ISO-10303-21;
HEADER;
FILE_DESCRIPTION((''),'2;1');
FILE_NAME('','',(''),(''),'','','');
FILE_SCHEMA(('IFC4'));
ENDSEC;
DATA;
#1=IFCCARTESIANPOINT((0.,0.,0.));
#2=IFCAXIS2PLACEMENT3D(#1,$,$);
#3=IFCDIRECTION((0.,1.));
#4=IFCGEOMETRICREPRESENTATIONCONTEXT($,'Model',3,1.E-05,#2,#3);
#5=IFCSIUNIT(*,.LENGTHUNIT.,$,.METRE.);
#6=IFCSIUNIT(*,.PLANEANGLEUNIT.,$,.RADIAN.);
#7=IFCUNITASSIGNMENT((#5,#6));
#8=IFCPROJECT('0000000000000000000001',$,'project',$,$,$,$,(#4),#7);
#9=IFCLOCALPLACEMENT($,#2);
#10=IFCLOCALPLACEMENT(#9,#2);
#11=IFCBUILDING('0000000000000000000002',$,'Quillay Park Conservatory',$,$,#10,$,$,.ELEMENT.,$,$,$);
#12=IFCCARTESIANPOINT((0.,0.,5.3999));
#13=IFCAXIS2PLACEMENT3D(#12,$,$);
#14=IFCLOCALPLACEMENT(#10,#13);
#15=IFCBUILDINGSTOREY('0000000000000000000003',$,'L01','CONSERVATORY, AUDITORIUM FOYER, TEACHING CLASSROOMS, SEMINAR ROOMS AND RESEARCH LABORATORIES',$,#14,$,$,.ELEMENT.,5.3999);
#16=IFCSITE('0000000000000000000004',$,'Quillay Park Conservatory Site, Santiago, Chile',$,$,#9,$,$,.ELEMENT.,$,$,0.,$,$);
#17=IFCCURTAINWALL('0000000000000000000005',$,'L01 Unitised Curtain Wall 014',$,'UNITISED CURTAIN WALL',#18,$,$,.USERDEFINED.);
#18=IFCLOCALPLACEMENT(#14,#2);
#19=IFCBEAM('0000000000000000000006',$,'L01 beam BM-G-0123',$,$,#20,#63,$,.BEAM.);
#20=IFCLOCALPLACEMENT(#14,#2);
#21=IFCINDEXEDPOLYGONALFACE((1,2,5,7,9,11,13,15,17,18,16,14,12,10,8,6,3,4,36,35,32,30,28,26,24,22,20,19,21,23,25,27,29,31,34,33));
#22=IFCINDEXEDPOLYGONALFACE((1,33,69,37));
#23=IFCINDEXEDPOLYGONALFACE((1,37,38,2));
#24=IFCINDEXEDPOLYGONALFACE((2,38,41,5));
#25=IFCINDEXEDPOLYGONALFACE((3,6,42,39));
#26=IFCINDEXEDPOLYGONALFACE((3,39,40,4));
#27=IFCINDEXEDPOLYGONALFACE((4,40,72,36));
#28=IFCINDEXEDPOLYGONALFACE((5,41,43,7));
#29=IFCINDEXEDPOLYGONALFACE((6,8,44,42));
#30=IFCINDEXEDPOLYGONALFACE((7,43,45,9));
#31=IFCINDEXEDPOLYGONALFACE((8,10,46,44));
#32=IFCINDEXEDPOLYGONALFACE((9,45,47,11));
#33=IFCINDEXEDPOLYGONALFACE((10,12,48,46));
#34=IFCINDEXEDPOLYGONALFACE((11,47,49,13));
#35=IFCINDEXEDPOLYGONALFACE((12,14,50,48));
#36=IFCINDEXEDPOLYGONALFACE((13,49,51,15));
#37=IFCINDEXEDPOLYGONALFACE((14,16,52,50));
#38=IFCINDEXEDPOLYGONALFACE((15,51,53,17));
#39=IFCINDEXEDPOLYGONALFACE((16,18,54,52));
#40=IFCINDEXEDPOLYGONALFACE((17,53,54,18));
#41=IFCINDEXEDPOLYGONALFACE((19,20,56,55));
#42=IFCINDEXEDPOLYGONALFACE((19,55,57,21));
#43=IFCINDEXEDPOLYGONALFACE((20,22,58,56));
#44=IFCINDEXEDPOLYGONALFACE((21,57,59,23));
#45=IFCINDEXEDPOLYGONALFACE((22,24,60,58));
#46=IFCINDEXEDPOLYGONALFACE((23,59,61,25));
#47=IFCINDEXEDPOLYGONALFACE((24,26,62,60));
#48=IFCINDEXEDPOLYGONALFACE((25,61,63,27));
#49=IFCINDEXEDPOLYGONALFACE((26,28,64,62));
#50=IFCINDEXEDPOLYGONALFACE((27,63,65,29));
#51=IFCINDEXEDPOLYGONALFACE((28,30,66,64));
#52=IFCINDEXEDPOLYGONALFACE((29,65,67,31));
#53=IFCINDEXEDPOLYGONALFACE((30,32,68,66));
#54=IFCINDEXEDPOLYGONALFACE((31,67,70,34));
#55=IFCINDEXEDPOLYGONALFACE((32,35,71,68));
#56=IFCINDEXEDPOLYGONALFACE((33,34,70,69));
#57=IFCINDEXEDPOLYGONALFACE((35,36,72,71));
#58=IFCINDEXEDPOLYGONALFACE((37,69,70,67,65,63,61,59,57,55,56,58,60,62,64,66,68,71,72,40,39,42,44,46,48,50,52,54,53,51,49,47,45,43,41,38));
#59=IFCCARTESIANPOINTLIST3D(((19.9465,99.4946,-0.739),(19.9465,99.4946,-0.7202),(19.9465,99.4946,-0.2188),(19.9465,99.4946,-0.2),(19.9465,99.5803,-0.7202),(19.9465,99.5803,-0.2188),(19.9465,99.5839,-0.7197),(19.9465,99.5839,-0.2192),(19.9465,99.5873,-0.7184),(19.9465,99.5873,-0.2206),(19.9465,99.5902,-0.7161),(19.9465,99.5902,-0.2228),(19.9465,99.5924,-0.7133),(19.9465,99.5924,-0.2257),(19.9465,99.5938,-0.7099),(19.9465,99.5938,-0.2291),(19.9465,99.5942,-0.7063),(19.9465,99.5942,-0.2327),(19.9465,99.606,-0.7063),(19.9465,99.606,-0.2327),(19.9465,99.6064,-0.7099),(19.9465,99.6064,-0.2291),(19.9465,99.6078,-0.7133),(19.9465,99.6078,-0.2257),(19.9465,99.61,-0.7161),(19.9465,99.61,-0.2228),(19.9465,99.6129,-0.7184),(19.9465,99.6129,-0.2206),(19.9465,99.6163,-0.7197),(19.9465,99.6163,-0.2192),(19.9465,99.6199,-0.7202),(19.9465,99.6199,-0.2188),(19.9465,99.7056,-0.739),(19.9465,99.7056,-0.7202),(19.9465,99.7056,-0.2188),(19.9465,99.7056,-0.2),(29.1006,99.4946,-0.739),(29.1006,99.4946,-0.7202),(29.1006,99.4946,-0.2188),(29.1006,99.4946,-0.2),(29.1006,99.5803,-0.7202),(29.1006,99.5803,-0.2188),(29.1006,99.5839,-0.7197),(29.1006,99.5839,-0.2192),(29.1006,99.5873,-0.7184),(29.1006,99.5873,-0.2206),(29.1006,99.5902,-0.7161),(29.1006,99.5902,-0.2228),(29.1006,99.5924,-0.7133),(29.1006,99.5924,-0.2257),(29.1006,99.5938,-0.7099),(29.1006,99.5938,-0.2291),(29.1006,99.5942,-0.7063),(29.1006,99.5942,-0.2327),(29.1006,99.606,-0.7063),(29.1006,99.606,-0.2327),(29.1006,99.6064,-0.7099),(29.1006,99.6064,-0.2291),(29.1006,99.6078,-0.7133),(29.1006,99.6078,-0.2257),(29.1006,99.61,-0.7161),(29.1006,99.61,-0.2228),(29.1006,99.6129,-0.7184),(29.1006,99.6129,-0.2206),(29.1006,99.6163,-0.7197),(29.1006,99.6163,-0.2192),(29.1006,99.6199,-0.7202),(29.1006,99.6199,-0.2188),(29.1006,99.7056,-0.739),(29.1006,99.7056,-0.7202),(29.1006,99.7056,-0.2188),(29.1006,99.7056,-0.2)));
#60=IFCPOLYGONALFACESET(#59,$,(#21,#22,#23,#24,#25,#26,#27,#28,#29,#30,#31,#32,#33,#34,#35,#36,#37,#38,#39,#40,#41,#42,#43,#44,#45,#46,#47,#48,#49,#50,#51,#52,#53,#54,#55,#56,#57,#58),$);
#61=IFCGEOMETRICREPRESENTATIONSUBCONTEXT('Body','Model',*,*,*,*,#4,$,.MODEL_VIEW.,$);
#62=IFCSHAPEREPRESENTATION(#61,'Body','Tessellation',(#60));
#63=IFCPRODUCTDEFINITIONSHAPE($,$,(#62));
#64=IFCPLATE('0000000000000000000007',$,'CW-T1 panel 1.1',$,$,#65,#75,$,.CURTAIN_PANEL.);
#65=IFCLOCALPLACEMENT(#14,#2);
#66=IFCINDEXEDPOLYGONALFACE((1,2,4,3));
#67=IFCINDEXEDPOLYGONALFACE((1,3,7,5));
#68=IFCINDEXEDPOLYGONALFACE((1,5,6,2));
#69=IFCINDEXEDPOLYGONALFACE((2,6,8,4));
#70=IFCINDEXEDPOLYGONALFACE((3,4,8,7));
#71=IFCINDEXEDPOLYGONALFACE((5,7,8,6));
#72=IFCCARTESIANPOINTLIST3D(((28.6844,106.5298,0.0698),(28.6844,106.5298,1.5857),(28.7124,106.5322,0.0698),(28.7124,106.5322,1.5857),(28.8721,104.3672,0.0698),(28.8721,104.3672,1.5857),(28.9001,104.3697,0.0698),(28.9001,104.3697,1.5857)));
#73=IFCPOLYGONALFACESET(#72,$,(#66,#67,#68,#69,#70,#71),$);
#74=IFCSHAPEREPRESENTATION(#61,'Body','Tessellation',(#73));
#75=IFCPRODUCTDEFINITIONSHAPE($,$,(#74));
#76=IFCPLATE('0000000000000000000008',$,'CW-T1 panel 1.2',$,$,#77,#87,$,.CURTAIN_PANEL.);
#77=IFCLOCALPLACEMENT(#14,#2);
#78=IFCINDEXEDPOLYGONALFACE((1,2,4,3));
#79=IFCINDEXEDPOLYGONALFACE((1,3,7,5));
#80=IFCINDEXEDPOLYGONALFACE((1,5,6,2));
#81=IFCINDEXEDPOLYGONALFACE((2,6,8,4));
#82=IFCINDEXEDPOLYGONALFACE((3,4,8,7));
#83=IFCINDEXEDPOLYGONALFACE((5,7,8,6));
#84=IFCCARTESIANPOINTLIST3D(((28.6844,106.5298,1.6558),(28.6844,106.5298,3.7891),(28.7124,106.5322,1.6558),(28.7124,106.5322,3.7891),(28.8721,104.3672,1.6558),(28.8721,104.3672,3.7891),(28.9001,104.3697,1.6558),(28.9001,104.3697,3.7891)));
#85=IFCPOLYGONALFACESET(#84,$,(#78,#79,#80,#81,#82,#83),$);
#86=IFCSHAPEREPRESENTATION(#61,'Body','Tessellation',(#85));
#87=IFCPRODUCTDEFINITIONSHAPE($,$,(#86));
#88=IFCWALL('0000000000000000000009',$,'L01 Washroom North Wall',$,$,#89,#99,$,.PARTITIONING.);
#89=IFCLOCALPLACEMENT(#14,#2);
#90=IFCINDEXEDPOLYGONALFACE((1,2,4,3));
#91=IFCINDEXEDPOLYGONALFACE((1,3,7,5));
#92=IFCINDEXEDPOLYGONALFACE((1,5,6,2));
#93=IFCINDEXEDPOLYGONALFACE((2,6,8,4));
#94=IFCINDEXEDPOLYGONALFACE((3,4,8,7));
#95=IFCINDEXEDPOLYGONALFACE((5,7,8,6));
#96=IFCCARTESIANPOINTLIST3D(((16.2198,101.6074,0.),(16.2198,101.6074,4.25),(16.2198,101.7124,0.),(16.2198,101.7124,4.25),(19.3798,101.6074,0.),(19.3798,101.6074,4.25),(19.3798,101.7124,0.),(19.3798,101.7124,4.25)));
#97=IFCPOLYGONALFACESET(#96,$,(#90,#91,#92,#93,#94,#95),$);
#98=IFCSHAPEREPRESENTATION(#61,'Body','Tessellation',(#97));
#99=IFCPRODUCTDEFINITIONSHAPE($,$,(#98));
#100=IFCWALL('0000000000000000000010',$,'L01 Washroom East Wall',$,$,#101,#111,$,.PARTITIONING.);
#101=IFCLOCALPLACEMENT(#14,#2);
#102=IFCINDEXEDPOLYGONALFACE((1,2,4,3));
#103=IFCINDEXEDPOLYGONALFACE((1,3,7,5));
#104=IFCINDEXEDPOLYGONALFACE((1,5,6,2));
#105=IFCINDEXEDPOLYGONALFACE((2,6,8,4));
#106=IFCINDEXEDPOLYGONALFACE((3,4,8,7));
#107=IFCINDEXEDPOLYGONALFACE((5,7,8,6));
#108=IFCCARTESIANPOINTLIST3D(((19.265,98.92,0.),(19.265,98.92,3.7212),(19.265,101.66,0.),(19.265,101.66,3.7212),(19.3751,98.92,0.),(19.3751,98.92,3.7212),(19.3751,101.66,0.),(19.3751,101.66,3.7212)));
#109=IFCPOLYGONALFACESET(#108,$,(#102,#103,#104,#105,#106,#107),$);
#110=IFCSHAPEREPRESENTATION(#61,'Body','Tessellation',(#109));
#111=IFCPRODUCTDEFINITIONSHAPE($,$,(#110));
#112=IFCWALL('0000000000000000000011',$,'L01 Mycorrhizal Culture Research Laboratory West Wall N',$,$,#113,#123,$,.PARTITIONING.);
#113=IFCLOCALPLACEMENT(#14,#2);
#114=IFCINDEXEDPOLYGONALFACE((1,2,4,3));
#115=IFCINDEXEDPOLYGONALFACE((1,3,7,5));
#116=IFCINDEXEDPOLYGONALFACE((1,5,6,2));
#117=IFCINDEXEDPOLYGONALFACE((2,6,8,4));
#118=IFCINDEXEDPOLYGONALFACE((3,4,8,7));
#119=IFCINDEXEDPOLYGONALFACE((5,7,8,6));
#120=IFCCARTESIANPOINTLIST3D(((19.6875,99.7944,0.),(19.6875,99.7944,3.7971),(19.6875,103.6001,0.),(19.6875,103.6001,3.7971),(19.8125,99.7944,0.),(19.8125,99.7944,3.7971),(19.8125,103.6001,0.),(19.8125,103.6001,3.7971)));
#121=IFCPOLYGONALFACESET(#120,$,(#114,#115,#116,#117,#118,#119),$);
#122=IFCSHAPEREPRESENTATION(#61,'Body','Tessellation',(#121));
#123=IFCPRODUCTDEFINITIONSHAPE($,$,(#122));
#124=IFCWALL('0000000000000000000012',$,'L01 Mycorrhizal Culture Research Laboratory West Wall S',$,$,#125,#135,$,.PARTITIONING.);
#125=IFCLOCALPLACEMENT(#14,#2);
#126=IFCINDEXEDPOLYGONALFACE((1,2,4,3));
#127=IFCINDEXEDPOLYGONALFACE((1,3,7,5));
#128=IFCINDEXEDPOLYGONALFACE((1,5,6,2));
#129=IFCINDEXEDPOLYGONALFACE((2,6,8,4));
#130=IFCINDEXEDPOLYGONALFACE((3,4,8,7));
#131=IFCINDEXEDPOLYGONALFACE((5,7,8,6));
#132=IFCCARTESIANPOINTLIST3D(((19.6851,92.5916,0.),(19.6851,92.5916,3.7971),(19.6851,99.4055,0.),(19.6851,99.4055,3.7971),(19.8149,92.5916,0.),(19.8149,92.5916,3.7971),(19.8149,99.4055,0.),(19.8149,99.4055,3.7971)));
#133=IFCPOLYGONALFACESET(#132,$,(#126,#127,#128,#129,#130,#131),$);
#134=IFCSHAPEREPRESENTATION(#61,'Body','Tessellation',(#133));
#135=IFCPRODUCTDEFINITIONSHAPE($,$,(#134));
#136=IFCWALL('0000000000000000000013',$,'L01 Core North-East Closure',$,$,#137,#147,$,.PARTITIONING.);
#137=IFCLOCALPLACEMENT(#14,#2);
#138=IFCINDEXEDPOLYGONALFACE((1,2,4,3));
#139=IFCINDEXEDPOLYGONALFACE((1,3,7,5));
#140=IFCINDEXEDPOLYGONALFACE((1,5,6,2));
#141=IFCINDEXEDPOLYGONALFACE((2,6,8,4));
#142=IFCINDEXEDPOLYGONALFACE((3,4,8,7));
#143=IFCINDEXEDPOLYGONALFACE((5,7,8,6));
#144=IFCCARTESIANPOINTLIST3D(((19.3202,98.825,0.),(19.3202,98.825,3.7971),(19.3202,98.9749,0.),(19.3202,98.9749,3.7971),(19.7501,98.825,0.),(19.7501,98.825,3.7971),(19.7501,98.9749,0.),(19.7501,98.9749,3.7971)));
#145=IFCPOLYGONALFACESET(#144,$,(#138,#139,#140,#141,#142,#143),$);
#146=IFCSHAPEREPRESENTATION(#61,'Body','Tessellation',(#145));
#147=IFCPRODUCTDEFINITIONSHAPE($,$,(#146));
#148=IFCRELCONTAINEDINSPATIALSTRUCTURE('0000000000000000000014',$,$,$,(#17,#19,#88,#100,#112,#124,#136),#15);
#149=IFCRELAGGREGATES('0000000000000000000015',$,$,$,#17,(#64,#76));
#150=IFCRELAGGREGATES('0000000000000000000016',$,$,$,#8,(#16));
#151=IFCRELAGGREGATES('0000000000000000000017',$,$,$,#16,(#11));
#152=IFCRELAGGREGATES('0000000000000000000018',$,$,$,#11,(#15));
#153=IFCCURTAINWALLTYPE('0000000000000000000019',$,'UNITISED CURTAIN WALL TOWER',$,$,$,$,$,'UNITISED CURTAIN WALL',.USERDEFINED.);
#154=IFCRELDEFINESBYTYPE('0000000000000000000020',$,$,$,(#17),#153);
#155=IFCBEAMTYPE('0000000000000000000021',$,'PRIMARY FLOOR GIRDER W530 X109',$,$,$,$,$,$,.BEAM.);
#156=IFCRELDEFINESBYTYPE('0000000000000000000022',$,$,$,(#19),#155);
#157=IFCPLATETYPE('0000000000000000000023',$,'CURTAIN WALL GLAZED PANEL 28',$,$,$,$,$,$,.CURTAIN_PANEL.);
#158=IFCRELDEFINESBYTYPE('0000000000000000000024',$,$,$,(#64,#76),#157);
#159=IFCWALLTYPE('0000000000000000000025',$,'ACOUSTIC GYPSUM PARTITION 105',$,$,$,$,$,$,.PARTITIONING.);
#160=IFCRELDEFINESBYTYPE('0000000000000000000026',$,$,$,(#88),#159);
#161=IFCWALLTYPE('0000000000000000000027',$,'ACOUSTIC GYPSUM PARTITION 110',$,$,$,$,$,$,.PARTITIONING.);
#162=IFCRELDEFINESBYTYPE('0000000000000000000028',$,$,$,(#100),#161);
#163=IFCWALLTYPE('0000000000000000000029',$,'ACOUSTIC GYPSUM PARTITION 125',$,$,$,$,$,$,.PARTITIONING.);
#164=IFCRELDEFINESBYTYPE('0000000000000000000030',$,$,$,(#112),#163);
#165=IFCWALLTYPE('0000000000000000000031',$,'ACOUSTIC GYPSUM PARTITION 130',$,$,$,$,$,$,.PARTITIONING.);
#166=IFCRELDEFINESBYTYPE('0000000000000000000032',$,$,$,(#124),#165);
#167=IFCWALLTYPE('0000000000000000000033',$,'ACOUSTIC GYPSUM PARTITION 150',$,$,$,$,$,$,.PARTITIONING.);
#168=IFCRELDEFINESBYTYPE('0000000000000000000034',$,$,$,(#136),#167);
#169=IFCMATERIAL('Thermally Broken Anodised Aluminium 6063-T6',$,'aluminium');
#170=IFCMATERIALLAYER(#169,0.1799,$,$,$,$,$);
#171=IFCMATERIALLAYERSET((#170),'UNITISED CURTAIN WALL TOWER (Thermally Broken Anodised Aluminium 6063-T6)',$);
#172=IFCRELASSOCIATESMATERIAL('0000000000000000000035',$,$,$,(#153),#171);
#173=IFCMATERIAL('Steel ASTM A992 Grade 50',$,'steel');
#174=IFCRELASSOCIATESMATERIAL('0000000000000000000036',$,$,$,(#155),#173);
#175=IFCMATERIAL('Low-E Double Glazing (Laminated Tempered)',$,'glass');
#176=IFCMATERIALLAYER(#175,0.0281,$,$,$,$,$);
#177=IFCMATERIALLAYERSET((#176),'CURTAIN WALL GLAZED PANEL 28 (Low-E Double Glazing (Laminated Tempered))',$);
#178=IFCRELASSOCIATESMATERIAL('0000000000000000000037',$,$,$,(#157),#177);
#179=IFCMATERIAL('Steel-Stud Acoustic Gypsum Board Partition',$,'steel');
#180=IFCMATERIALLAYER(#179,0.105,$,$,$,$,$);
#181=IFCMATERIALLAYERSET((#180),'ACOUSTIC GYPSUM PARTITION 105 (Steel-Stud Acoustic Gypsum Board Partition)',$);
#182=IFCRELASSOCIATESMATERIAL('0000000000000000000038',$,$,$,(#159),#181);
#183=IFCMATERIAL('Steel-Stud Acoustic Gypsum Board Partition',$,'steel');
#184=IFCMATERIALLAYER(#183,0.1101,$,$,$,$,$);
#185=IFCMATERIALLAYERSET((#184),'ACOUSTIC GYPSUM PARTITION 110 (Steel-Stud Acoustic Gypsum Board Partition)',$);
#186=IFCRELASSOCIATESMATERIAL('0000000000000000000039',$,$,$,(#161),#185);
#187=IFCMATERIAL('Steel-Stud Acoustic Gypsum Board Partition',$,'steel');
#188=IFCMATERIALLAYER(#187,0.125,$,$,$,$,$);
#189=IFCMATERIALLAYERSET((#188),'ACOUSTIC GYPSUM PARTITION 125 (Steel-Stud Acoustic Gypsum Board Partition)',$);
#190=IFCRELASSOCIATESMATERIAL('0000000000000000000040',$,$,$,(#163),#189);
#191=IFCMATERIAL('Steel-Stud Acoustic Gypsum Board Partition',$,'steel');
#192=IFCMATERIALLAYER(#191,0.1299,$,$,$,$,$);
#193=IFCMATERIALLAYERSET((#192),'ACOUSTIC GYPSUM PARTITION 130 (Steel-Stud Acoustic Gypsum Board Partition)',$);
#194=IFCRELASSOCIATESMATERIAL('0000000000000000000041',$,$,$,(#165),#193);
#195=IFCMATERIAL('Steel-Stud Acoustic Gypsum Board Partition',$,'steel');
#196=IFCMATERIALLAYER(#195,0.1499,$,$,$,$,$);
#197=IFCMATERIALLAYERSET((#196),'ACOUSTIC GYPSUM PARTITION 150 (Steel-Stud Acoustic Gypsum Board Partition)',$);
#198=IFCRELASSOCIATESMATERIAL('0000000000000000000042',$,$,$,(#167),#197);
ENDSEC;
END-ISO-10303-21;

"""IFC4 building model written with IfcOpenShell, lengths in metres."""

from ifc_helpers import new_model, si_unit, direction, frame, frame_2d, origin, origin_2d, place, context, subcontext, project, spatial, rectangle, i_section, extrude, material, layer, layer_set, material_profile, profile_set, type_object, element, aggregate, save


model = new_model("IFC4")

# Units and contexts
model_context = context("Model", 3, precision=1e-05, world=origin(), true_north=direction((0.0, 1.0)))
body_context = subcontext(model_context, "Body", "Model", "MODEL_VIEW")
ifc_project = project(units=[si_unit("LENGTHUNIT", "METRE"), si_unit("PLANEANGLEUNIT", "RADIAN")], contexts=[model_context])

# Site, building, storey
site_placement = place(None, origin())
site = spatial("IfcSite", under=ifc_project, at=site_placement, Name="Quillay Park Conservatory Site, Santiago, Chile", CompositionType="ELEMENT", RefElevation=0.0)
building_placement = place(site_placement, origin())
building = spatial("IfcBuilding", under=site, at=building_placement, Name="Quillay Park Conservatory", CompositionType="ELEMENT")
storey_placement = place(building_placement, frame((0.0, 0.0, 5.3999)))
storey = spatial("IfcBuildingStorey", under=building, at=storey_placement, Name="L01", Description="CONSERVATORY, AUDITORIUM FOYER, TEACHING CLASSROOMS, SEMINAR ROOMS AND RESEARCH LABORATORIES", CompositionType="ELEMENT", Elevation=5.3999)

# Curtain wall
ifc_material_1 = material(Name="Thermally Broken Anodised Aluminium 6063-T6", Category="aluminium")
ifc_layer_1 = layer(ifc_material_1, 0.1799)
ifc_layer_set_1 = layer_set([ifc_layer_1], Name="UNITISED CURTAIN WALL TOWER (Thermally Broken Anodised Aluminium 6063-T6)")
curtain_wall_type = type_object("IfcCurtainWallType", Name="UNITISED CURTAIN WALL TOWER", ElementType="UNITISED CURTAIN WALL", PredefinedType="USERDEFINED", material=ifc_layer_set_1)
curtain_wall_placement = place(storey_placement, origin())
curtain_wall = element("IfcCurtainWall", 1, at=curtain_wall_placement, inside=storey, type_object=curtain_wall_type, Name="L01 Unitised Curtain Wall 014", ObjectType="UNITISED CURTAIN WALL", PredefinedType="USERDEFINED")

# Beam
ifc_material_2 = material(Name="Steel ASTM A992 Grade 50", Category="steel")
ifc_material_profile_1 = material_profile(ifc_material_2, i_section(OverallWidth=0.2109, OverallDepth=0.5391, WebThickness=0.0117, FlangeThickness=0.0188, FilletRadius=0.0139, at=origin_2d()), Name="W530x109")
ifc_profile_set_1 = profile_set([ifc_material_profile_1], Name="Steel ASTM A992 Grade 50")
beam_type_1 = type_object("IfcBeamType", Name="PRIMARY FLOOR GIRDER W530 X109", PredefinedType="BEAM", material=ifc_profile_set_1)
beam_1_placement = place(storey_placement, frame((19.9465, 99.6001, -0.4695), z_axis=(1.0, 0.0, 0.0), x_axis=(0.0, 1.0, 0.0)))
element("IfcBeam", 2, at=beam_1_placement, inside=storey, type_object=beam_type_1, Name="L01 beam BM-G-0123", PredefinedType="BEAM", context=body_context, shape_type="SweptSolid", body=[
    extrude(i_section(OverallWidth=0.2109, OverallDepth=0.5391, WebThickness=0.0117, FlangeThickness=0.0188, FilletRadius=0.0139, at=origin_2d()), origin(), (0.0, 0.0, 1.0), 9.1541),
])

# Plates
ifc_material_3 = material(Name="Low-E Double Glazing (Laminated Tempered)", Category="glass")
ifc_layer_2 = layer(ifc_material_3, 0.0281)
ifc_layer_set_2 = layer_set([ifc_layer_2], Name="CURTAIN WALL GLAZED PANEL 28 (Low-E Double Glazing (Laminated Tempered))")
plate_type = type_object("IfcPlateType", Name="CURTAIN WALL GLAZED PANEL 28", PredefinedType="CURTAIN_PANEL", material=ifc_layer_set_2)
plate_1_placement = place(storey_placement, frame((28.7922, 105.4497, 0.0698), z_axis=(0.0, 0.0, 1.0), x_axis=(0.08648, -0.996254, 0.0)))
plate_1 = element("IfcPlate", 3, at=plate_1_placement, type_object=plate_type, Name="CW-T1 panel 1.1", PredefinedType="CURTAIN_PANEL", context=body_context, shape_type="SweptSolid", body=[
    extrude(rectangle(XDim=2.1707, YDim=0.0281, at=origin_2d()), origin(), (0.0, 0.0, 1.0), 1.5159),
])
plate_2_placement = place(storey_placement, frame((28.7922, 105.4497, 1.6558), z_axis=(0.0, 0.0, 1.0), x_axis=(0.08648, -0.996254, 0.0)))
plate_2 = element("IfcPlate", 4, at=plate_2_placement, type_object=plate_type, Name="CW-T1 panel 1.2", PredefinedType="CURTAIN_PANEL", context=body_context, shape_type="SweptSolid", body=[
    extrude(rectangle(XDim=2.1707, YDim=0.0281, at=origin_2d()), origin(), (0.0, 0.0, 1.0), 2.1333),
])
aggregate(curtain_wall, [plate_1, plate_2])

# Walls
ifc_material_4 = material(Name="Steel-Stud Acoustic Gypsum Board Partition", Category="steel")
ifc_layer_3 = layer(ifc_material_4, 0.105)
ifc_layer_set_3 = layer_set([ifc_layer_3], Name="ACOUSTIC GYPSUM PARTITION 105 (Steel-Stud Acoustic Gypsum Board Partition)")
wall_type_1 = type_object("IfcWallType", Name="ACOUSTIC GYPSUM PARTITION 105", PredefinedType="PARTITIONING", material=ifc_layer_set_3)
wall_1_placement = place(storey_placement, frame((19.3799, 101.6599, 0.0), z_axis=(0.0, 0.0, 1.0), x_axis=(-1.0, 0.0, 0.0)))
element("IfcWall", 5, at=wall_1_placement, inside=storey, type_object=wall_type_1, Name="L01 Washroom North Wall", PredefinedType="PARTITIONING", context=body_context, shape_type="SweptSolid", body=[
    extrude(rectangle(XDim=3.1599, YDim=0.105, at=frame_2d((1.5801, 0.0))), origin(), (0.0, 0.0, 1.0), 4.25),
])
ifc_material_5 = material(Name="Steel-Stud Acoustic Gypsum Board Partition", Category="steel")
ifc_layer_4 = layer(ifc_material_5, 0.1101)
ifc_layer_set_4 = layer_set([ifc_layer_4], Name="ACOUSTIC GYPSUM PARTITION 110 (Steel-Stud Acoustic Gypsum Board Partition)")
wall_type_2 = type_object("IfcWallType", Name="ACOUSTIC GYPSUM PARTITION 110", PredefinedType="PARTITIONING", material=ifc_layer_set_4)
wall_2_placement = place(storey_placement, frame((19.3201, 98.9199, 0.0), z_axis=(0.0, 0.0, 1.0), x_axis=(0.0, 1.0, 0.0)))
element("IfcWall", 6, at=wall_2_placement, inside=storey, type_object=wall_type_2, Name="L01 Washroom East Wall", PredefinedType="PARTITIONING", context=body_context, shape_type="SweptSolid", body=[
    extrude(rectangle(XDim=2.74, YDim=0.1101, at=frame_2d((1.3701, 0.0))), origin(), (0.0, 0.0, 1.0), 3.7212),
])
ifc_material_6 = material(Name="Steel-Stud Acoustic Gypsum Board Partition", Category="steel")
ifc_layer_5 = layer(ifc_material_6, 0.125)
ifc_layer_set_5 = layer_set([ifc_layer_5], Name="ACOUSTIC GYPSUM PARTITION 125 (Steel-Stud Acoustic Gypsum Board Partition)")
wall_type_3 = type_object("IfcWallType", Name="ACOUSTIC GYPSUM PARTITION 125", PredefinedType="PARTITIONING", material=ifc_layer_set_5)
wall_3_placement = place(storey_placement, frame((19.75, 103.6001, 0.0), z_axis=(0.0, 0.0, 1.0), x_axis=(0.0, -1.0, 0.0)))
element("IfcWall", 7, at=wall_3_placement, inside=storey, type_object=wall_type_3, Name="L01 Mycorrhizal Culture Research Laboratory West Wall N", PredefinedType="PARTITIONING", context=body_context, shape_type="SweptSolid", body=[
    extrude(rectangle(XDim=3.8057, YDim=0.125, at=frame_2d((1.9028, 0.0))), origin(), (0.0, 0.0, 1.0), 3.7971),
])
ifc_material_7 = material(Name="Steel-Stud Acoustic Gypsum Board Partition", Category="steel")
ifc_layer_6 = layer(ifc_material_7, 0.1299)
ifc_layer_set_6 = layer_set([ifc_layer_6], Name="ACOUSTIC GYPSUM PARTITION 130 (Steel-Stud Acoustic Gypsum Board Partition)")
wall_type_4 = type_object("IfcWallType", Name="ACOUSTIC GYPSUM PARTITION 130", PredefinedType="PARTITIONING", material=ifc_layer_set_6)
wall_4_placement = place(storey_placement, frame((19.75, 99.4055, 0.0), z_axis=(0.0, 0.0, 1.0), x_axis=(0.0, -1.0, 0.0)))
element("IfcWall", 8, at=wall_4_placement, inside=storey, type_object=wall_type_4, Name="L01 Mycorrhizal Culture Research Laboratory West Wall S", PredefinedType="PARTITIONING", context=body_context, shape_type="SweptSolid", body=[
    extrude(rectangle(XDim=6.814, YDim=0.1299, at=frame_2d((3.407, 0.0))), origin(), (0.0, 0.0, 1.0), 3.7971),
])
ifc_material_8 = material(Name="Steel-Stud Acoustic Gypsum Board Partition", Category="steel")
ifc_layer_7 = layer(ifc_material_8, 0.1499)
ifc_layer_set_7 = layer_set([ifc_layer_7], Name="ACOUSTIC GYPSUM PARTITION 150 (Steel-Stud Acoustic Gypsum Board Partition)")
wall_type_5 = type_object("IfcWallType", Name="ACOUSTIC GYPSUM PARTITION 150", PredefinedType="PARTITIONING", material=ifc_layer_set_7)
wall_5_placement = place(storey_placement, frame((19.75, 98.8999, 0.0), z_axis=(0.0, 0.0, 1.0), x_axis=(-1.0, 0.0, 0.0)))
element("IfcWall", 9, at=wall_5_placement, inside=storey, type_object=wall_type_5, Name="L01 Core North-East Closure", PredefinedType="PARTITIONING", context=body_context, shape_type="SweptSolid", body=[
    extrude(rectangle(XDim=0.4299, YDim=0.1499, at=frame_2d((0.2148, 0.0))), origin(), (0.0, 0.0, 1.0), 3.7971),
])

save(model, "model.ifc")
